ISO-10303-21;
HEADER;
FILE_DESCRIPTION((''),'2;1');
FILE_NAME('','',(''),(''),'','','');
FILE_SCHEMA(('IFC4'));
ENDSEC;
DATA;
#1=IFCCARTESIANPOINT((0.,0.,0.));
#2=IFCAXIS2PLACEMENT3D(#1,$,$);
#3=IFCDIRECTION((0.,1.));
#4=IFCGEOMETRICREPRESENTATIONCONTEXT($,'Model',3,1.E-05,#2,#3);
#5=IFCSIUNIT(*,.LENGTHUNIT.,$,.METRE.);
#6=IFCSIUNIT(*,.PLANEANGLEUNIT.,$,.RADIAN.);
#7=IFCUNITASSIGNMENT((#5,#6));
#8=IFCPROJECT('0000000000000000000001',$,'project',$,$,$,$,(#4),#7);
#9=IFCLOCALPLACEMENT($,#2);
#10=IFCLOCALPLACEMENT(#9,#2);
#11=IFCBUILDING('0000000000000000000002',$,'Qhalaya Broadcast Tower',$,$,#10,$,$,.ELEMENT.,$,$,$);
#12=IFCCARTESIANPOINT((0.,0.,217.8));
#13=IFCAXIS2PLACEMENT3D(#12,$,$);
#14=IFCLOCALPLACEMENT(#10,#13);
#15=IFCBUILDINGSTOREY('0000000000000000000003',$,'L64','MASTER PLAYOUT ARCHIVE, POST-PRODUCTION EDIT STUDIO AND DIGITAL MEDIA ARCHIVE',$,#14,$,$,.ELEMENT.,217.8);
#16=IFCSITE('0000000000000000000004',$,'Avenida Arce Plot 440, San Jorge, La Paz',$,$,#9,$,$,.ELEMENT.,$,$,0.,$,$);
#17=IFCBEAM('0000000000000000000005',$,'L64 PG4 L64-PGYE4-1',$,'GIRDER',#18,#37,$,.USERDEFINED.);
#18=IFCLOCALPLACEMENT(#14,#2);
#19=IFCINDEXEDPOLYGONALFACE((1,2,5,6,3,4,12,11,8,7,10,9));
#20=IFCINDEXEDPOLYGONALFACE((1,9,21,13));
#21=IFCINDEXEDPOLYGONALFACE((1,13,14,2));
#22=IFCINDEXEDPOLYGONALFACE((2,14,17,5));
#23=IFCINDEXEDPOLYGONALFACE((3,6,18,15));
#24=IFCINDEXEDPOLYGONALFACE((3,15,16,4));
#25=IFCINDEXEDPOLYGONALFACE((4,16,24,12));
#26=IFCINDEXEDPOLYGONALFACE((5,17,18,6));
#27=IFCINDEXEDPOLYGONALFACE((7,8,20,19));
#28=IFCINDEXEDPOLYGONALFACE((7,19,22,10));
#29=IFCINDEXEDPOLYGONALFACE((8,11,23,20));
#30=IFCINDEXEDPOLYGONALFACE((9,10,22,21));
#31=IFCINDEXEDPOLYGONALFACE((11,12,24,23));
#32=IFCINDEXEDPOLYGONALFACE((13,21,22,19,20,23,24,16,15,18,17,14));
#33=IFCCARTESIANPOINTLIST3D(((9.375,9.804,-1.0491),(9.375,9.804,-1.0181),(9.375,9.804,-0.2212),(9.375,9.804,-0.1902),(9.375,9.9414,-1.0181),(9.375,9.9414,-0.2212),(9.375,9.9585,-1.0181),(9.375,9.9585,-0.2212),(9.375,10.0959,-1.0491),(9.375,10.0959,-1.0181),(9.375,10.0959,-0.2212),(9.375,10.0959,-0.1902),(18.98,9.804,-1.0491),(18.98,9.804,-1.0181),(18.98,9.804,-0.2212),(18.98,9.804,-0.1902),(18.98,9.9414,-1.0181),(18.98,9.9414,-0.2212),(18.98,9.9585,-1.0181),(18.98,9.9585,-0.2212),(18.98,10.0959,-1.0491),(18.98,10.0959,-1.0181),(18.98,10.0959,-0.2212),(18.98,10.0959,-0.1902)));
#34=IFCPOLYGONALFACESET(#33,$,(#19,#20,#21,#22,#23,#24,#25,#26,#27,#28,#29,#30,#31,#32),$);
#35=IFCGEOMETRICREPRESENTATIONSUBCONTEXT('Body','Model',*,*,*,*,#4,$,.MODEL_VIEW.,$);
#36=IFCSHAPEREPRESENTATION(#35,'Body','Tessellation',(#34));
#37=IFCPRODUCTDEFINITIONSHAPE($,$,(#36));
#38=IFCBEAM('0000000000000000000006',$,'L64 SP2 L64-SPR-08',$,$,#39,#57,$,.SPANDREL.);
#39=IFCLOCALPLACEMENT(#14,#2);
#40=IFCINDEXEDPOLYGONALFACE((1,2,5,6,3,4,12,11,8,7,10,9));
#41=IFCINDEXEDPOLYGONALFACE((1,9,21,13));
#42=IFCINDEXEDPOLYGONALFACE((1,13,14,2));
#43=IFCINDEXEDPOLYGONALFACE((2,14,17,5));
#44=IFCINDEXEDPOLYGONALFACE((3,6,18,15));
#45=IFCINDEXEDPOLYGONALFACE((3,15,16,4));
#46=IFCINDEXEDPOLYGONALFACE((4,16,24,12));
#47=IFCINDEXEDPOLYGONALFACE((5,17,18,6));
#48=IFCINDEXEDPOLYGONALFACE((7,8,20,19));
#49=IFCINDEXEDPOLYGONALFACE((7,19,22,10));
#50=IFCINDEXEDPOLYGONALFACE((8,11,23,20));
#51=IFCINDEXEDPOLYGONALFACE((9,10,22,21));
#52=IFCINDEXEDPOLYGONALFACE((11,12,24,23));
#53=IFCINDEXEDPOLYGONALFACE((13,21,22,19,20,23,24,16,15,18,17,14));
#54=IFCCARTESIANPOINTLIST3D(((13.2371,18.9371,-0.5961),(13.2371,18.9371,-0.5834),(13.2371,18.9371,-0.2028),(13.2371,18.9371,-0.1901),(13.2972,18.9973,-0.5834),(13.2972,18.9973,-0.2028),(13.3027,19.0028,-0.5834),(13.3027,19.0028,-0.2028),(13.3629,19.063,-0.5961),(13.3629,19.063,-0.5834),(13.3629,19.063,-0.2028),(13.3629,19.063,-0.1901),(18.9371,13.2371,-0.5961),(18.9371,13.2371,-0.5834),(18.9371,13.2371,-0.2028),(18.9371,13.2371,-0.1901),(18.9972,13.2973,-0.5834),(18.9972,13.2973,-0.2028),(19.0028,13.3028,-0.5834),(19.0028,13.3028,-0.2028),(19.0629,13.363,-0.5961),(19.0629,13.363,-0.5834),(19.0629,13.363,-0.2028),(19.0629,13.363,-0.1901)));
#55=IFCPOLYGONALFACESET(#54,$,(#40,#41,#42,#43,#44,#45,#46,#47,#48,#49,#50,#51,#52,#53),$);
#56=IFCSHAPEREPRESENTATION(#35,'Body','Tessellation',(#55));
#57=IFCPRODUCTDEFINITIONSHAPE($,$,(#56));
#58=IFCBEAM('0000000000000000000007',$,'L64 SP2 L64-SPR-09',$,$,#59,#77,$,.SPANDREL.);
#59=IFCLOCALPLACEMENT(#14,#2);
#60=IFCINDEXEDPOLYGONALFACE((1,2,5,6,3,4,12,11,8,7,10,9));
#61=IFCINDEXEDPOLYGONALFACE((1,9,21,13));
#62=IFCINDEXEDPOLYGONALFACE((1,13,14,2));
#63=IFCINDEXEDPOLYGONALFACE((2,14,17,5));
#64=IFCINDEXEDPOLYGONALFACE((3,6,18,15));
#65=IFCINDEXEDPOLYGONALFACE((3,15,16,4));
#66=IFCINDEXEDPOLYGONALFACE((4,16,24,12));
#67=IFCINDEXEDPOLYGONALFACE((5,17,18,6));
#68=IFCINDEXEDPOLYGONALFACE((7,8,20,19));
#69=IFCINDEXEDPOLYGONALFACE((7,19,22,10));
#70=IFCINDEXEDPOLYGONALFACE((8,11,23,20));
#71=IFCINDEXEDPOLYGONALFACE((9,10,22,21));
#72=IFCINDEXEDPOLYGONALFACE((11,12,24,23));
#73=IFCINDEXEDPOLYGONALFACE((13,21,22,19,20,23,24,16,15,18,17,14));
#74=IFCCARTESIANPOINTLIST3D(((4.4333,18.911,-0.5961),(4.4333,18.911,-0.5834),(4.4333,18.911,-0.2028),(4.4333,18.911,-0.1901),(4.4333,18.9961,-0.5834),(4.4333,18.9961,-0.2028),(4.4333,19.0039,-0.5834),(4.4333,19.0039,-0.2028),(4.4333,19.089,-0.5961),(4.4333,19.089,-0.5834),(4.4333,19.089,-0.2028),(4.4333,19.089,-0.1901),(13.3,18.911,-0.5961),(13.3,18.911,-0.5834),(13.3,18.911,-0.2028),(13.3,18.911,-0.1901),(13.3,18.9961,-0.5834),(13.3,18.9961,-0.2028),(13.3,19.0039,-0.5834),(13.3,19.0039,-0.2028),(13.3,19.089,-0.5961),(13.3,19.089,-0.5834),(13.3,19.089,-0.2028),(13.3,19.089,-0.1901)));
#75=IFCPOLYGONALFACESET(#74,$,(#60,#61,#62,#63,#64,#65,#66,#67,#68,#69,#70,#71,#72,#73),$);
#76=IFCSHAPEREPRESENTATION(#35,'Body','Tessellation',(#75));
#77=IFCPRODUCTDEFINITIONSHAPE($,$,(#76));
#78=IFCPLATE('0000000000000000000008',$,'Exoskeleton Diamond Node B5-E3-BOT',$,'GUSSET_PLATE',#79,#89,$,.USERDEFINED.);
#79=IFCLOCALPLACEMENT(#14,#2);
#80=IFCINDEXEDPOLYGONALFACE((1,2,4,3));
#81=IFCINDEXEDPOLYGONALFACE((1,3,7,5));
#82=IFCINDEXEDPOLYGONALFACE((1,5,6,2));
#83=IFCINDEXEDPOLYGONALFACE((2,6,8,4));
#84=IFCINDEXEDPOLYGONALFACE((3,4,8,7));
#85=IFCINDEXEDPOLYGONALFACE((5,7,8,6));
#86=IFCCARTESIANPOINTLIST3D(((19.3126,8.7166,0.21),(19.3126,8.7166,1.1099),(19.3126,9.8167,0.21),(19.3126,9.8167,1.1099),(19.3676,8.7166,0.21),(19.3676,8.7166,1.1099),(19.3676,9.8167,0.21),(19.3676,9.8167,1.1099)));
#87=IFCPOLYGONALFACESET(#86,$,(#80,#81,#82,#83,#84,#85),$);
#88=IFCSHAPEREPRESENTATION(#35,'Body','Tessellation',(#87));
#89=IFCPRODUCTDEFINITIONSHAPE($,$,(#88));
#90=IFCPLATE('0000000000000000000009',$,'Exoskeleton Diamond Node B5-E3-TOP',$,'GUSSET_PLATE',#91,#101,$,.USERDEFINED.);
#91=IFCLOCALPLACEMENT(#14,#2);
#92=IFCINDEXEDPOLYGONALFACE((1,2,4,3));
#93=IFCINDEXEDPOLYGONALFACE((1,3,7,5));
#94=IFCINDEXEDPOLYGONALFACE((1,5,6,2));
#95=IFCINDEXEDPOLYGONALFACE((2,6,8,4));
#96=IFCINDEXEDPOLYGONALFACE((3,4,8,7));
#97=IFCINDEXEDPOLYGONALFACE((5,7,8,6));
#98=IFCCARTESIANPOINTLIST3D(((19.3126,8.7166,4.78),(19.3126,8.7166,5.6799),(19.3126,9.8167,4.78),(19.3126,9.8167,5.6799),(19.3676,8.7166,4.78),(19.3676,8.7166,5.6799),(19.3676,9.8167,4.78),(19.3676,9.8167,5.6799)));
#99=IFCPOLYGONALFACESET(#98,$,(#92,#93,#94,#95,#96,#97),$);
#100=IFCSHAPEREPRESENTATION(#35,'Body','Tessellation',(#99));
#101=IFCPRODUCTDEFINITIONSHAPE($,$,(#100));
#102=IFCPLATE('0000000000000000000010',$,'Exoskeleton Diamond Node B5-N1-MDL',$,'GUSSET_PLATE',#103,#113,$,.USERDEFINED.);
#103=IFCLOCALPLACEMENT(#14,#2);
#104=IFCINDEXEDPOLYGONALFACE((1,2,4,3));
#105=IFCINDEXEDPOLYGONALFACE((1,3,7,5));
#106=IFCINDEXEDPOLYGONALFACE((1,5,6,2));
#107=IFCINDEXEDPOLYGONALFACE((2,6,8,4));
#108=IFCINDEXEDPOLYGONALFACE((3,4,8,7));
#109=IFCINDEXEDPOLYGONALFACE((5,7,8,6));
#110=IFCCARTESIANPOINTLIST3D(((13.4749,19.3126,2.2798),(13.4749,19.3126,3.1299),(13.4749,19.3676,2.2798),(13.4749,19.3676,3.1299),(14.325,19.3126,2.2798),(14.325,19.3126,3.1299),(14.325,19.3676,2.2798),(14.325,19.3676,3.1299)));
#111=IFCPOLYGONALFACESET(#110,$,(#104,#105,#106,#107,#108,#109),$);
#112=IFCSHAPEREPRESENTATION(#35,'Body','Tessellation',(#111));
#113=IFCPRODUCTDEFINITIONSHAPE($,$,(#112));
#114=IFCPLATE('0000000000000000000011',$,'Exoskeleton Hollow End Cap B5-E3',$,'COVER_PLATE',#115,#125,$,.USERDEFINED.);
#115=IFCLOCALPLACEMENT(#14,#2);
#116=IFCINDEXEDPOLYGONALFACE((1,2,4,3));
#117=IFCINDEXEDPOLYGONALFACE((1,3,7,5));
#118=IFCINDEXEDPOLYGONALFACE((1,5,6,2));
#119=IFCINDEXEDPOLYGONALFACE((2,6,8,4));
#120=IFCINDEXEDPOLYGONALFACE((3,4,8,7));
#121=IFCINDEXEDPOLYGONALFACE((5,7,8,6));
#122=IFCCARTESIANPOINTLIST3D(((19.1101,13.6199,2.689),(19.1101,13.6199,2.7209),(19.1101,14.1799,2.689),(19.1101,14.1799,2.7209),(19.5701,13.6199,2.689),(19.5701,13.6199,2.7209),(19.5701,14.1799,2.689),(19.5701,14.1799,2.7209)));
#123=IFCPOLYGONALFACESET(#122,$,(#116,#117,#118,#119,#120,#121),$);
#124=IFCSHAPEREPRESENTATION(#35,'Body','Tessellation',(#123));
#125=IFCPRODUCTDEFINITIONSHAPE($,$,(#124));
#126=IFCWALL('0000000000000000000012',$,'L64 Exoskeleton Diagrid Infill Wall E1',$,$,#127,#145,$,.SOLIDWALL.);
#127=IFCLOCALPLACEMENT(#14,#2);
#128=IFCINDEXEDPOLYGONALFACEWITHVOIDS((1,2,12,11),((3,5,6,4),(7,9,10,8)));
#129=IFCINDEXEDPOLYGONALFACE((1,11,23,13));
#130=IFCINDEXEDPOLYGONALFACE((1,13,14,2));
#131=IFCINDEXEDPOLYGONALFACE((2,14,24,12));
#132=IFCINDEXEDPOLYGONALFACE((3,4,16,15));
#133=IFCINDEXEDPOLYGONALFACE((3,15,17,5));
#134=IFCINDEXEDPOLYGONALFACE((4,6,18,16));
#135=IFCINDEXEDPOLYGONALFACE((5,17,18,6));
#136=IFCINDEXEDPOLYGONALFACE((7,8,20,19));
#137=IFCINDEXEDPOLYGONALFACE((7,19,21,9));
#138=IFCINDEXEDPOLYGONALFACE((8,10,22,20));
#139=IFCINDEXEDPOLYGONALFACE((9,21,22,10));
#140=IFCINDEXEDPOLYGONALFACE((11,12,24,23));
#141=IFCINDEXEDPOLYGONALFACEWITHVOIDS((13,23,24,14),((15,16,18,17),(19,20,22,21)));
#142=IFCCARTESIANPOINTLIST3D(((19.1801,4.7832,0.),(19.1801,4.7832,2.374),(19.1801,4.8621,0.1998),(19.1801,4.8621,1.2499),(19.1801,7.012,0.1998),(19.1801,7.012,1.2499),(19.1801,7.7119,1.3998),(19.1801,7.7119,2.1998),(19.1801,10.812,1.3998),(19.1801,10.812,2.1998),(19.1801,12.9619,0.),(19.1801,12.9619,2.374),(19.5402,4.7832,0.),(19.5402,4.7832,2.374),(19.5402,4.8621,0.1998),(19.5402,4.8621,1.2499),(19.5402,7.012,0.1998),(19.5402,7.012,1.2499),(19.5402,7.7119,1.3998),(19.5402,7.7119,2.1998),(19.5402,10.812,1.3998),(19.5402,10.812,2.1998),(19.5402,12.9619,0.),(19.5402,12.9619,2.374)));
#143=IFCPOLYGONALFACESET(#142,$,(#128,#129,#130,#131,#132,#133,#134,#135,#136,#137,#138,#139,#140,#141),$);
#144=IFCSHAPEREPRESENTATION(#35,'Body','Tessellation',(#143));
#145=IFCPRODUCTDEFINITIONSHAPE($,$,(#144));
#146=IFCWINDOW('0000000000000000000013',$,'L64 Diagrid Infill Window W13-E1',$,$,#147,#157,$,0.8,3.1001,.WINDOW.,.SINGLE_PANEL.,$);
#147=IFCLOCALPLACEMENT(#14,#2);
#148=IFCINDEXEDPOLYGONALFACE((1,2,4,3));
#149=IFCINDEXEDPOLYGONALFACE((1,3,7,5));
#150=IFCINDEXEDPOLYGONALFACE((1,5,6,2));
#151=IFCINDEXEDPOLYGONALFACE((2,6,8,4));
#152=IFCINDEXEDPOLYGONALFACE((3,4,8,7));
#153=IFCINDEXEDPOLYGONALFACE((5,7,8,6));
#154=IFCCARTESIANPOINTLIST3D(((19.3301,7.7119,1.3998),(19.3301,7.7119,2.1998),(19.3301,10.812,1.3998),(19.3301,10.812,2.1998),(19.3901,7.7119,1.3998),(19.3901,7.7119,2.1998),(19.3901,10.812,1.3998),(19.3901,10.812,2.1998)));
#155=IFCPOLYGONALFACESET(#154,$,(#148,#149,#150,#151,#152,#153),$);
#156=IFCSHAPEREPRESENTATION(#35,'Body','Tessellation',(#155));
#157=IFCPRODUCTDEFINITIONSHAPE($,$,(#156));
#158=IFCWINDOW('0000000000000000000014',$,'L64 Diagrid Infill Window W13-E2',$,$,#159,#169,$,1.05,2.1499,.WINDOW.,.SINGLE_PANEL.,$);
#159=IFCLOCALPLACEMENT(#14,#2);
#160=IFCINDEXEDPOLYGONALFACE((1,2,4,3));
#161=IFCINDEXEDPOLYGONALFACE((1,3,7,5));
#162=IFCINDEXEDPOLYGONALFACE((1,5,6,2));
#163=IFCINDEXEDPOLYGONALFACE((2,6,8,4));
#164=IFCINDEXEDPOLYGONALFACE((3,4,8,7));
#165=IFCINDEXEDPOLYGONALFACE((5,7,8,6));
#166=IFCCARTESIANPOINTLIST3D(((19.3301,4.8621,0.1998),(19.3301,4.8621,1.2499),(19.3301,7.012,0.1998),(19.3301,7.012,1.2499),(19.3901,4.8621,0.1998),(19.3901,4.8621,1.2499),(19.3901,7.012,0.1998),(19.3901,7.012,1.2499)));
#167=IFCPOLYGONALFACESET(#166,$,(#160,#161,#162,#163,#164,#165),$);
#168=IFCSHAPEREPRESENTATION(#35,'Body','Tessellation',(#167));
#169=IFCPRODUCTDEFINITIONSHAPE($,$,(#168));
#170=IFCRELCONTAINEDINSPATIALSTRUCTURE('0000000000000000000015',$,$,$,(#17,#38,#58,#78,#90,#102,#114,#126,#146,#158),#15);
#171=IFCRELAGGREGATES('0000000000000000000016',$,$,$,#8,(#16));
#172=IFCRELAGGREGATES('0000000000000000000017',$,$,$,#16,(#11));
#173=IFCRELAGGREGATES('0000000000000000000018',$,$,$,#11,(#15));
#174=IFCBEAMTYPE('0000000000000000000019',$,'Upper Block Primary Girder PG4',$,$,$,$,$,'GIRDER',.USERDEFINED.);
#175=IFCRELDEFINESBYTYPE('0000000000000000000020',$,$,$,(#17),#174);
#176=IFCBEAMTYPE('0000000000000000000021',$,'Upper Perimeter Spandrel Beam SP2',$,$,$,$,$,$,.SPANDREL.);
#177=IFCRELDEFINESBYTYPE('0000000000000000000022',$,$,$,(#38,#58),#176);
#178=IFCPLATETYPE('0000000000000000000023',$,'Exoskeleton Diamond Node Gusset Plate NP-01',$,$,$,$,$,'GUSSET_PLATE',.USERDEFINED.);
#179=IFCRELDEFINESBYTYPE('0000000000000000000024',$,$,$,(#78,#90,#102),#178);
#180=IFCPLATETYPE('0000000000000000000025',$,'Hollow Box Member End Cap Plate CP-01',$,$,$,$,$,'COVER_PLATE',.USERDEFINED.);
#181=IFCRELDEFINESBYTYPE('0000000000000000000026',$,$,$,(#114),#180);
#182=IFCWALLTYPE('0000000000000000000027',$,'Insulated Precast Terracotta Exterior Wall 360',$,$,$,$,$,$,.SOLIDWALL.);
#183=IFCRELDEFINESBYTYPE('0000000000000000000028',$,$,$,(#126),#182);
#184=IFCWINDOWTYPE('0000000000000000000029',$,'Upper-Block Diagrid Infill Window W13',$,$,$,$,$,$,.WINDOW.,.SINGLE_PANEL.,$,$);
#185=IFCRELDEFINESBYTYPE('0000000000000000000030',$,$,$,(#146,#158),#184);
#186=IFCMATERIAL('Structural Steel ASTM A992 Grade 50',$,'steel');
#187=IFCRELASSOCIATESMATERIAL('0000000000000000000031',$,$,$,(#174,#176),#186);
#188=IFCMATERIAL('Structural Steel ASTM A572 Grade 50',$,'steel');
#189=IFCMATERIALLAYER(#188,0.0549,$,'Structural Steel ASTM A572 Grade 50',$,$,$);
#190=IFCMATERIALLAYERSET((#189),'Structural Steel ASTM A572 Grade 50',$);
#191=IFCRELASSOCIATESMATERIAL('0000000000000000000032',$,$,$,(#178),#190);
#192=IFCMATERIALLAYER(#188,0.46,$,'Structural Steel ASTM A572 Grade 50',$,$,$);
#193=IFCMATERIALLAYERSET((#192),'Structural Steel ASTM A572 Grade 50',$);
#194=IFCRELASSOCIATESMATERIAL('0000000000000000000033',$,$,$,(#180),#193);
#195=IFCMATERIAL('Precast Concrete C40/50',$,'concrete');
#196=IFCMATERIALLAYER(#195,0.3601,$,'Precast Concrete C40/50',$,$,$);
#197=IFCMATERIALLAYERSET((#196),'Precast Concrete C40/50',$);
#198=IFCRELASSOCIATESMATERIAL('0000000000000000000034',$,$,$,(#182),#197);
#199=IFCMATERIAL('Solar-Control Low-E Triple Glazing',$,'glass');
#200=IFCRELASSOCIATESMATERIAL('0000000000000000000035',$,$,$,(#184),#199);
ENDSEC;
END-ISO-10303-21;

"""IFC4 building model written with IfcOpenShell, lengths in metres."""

from ifc_helpers import new_model, si_unit, direction, frame, frame_2d, origin, origin_2d, place, context, subcontext, project, spatial, rectangle, i_section, extrude, material, layer, layer_set, material_profile, profile_set, type_object, element, fill, save


model = new_model("IFC4")

# Units and contexts
model_context = context("Model", 3, precision=1e-05, world=origin(), true_north=direction((0.0, 1.0)))
body_context = subcontext(model_context, "Body", "Model", "MODEL_VIEW")
ifc_project = project(units=[si_unit("LENGTHUNIT", "METRE"), si_unit("PLANEANGLEUNIT", "RADIAN")], contexts=[model_context])

# Site, building, storey
site_placement = place(None, origin())
site = spatial("IfcSite", under=ifc_project, at=site_placement, Name="Avenida Arce Plot 440, San Jorge, La Paz", CompositionType="ELEMENT", RefElevation=0.0)
building_placement = place(site_placement, origin())
building = spatial("IfcBuilding", under=site, at=building_placement, Name="Qhalaya Broadcast Tower", CompositionType="ELEMENT")
storey_placement = place(building_placement, frame((0.0, 0.0, 217.8)))
storey = spatial("IfcBuildingStorey", under=building, at=storey_placement, Name="L64", Description="MASTER PLAYOUT ARCHIVE, POST-PRODUCTION EDIT STUDIO AND DIGITAL MEDIA ARCHIVE", CompositionType="ELEMENT", Elevation=217.8)

# Shared definitions
ifc_material_1 = material(Name="Structural Steel ASTM A572 Grade 50", Category="steel")

# Shared definitions
ifc_material_2 = material(Name="Structural Steel ASTM A992 Grade 50", Category="steel")

# Beams
ifc_material_profile_1 = material_profile(ifc_material_2, i_section(OverallWidth=0.292, OverallDepth=0.8589, WebThickness=0.0171, FlangeThickness=0.031, at=origin_2d()), Name="W33X169")
ifc_profile_set_1 = profile_set([ifc_material_profile_1], Name="Structural Steel ASTM A992 Grade 50")
beam_type_1 = type_object("IfcBeamType", Name="Upper Block Primary Girder PG4", ElementType="GIRDER", PredefinedType="USERDEFINED", material=ifc_profile_set_1)
beam_1_placement = place(storey_placement, frame((9.375, 9.95, -0.6196), z_axis=(1.0, 0.0, 0.0), x_axis=(0.0, 1.0, 0.0)))
element("IfcBeam", 1, at=beam_1_placement, inside=storey, type_object=beam_type_1, Name="L64 PG4 L64-PGYE4-1", ObjectType="GIRDER", PredefinedType="USERDEFINED", context=body_context, shape_type="SweptSolid", body=[
    extrude(i_section(OverallWidth=0.292, OverallDepth=0.8589, WebThickness=0.0171, FlangeThickness=0.031, at=origin_2d()), origin(), (0.0, 0.0, 1.0), 9.605),
])
ifc_material_profile_2 = material_profile(ifc_material_2, i_section(OverallWidth=0.178, OverallDepth=0.406, WebThickness=0.0078, FlangeThickness=0.0127, at=origin_2d()), Name="W16X40")
ifc_profile_set_2 = profile_set([ifc_material_profile_2], Name="Structural Steel ASTM A992 Grade 50")
beam_type_2 = type_object("IfcBeamType", Name="Upper Perimeter Spandrel Beam SP2", PredefinedType="SPANDREL", material=ifc_profile_set_2)
beam_2_placement = place(storey_placement, frame((19.0, 13.3, -0.3931), z_axis=(-0.707107, 0.707107, 0.0), x_axis=(-0.707107, -0.707107, 0.0)))
element("IfcBeam", 2, at=beam_2_placement, inside=storey, type_object=beam_type_2, Name="L64 SP2 L64-SPR-08", PredefinedType="SPANDREL", context=body_context, shape_type="SweptSolid", body=[
    extrude(i_section(OverallWidth=0.178, OverallDepth=0.406, WebThickness=0.0078, FlangeThickness=0.0127, at=origin_2d()), origin(), (0.0, 0.0, 1.0), 8.061),
])
beam_3_placement = place(storey_placement, frame((13.3, 19.0, -0.3931), z_axis=(-1.0, 0.0, 0.0), x_axis=(0.0, -1.0, 0.0)))
element("IfcBeam", 3, at=beam_3_placement, inside=storey, type_object=beam_type_2, Name="L64 SP2 L64-SPR-09", PredefinedType="SPANDREL", context=body_context, shape_type="SweptSolid", body=[
    extrude(i_section(OverallWidth=0.178, OverallDepth=0.406, WebThickness=0.0078, FlangeThickness=0.0127, at=origin_2d()), origin(), (0.0, 0.0, 1.0), 8.8667),
])

# Plates
ifc_layer_1 = layer(ifc_material_1, 0.0549, Name="Structural Steel ASTM A572 Grade 50")
ifc_layer_set_1 = layer_set([ifc_layer_1], Name="Structural Steel ASTM A572 Grade 50")
plate_type_1 = type_object("IfcPlateType", Name="Exoskeleton Diamond Node Gusset Plate NP-01", ElementType="GUSSET_PLATE", PredefinedType="USERDEFINED", material=ifc_layer_set_1)
for number, where, z_axis, x_axis, name in (
    (4, (19.3401, 9.2666, 0.21), (0.0, 0.0, 1.0), (0.0, 1.0, 0.0), "Exoskeleton Diamond Node B5-E3-BOT"),
    (5, (19.3401, 9.2666, 4.78), (0.0, 0.0, 1.0), (0.0, 1.0, 0.0), "Exoskeleton Diamond Node B5-E3-TOP"),
):
    element("IfcPlate", number, at=place(storey_placement, frame(where, z_axis=z_axis, x_axis=x_axis)), inside=storey, type_object=plate_type_1, Name=name, ObjectType="GUSSET_PLATE", PredefinedType="USERDEFINED", context=body_context, shape_type="SweptSolid", body=[
        extrude(rectangle(XDim=1.1001, YDim=0.0549, at=origin_2d()), origin(), (0.0, 0.0, 1.0), 0.8999),
    ])
plate_1_placement = place(storey_placement, frame((13.8999, 19.3401, 2.2798), z_axis=(0.0, 0.0, 1.0), x_axis=(1.0, 0.0, 0.0)))
element("IfcPlate", 6, at=plate_1_placement, inside=storey, type_object=plate_type_1, Name="Exoskeleton Diamond Node B5-N1-MDL", ObjectType="GUSSET_PLATE", PredefinedType="USERDEFINED", context=body_context, shape_type="SweptSolid", body=[
    extrude(rectangle(XDim=0.8501, YDim=0.0549, at=origin_2d()), origin(), (0.0, 0.0, 1.0), 0.8501),
])
ifc_layer_2 = layer(ifc_material_1, 0.46, Name="Structural Steel ASTM A572 Grade 50")
ifc_layer_set_2 = layer_set([ifc_layer_2], Name="Structural Steel ASTM A572 Grade 50")
plate_type_2 = type_object("IfcPlateType", Name="Hollow Box Member End Cap Plate CP-01", ElementType="COVER_PLATE", PredefinedType="USERDEFINED", material=ifc_layer_set_2)
plate_2_placement = place(storey_placement, frame((19.3401, 13.8999, 2.689), z_axis=(0.0, 0.0, 1.0), x_axis=(0.0, 1.0, 0.0)))
element("IfcPlate", 7, at=plate_2_placement, inside=storey, type_object=plate_type_2, Name="Exoskeleton Hollow End Cap B5-E3", ObjectType="COVER_PLATE", PredefinedType="USERDEFINED", context=body_context, shape_type="SweptSolid", body=[
    extrude(rectangle(XDim=0.5601, YDim=0.46, at=origin_2d()), origin(), (0.0, 0.0, 1.0), 0.032),
])

# Wall, openings, windows
ifc_material_3 = material(Name="Precast Concrete C40/50", Category="concrete")
ifc_layer_3 = layer(ifc_material_3, 0.3601, Name="Precast Concrete C40/50")
ifc_layer_set_3 = layer_set([ifc_layer_3], Name="Precast Concrete C40/50")
wall_type_1 = type_object("IfcWallType", Name="Insulated Precast Terracotta Exterior Wall 360", PredefinedType="SOLIDWALL", material=ifc_layer_set_3)
wall_1_placement = place(storey_placement, frame((19.3601, 12.9619, 0.0), z_axis=(0.0, 0.0, 1.0), x_axis=(0.0, -1.0, 0.0)))
wall_1 = element("IfcWall", 8, at=wall_1_placement, inside=storey, type_object=wall_type_1, Name="L64 Exoskeleton Diagrid Infill Wall E1", PredefinedType="SOLIDWALL", context=body_context, shape_type="SweptSolid", body=[
    extrude(rectangle(XDim=8.1787, YDim=0.3601, at=frame_2d((4.0894, 0.0))), origin(), (0.0, 0.0, 1.0), 2.374),
])
opening_1_placement = place(wall_1_placement, frame((2.1499, 0.0, 1.3999)))
opening_1 = element("IfcOpeningElement", 9, at=opening_1_placement, cuts=wall_1, PredefinedType="OPENING", context=body_context, shape_type="SweptSolid", body=[
    extrude(rectangle(XDim=3.1001, YDim=0.8, at=frame_2d((1.55, 0.3999))), frame((0.0, 0.1921, 0.0), z_axis=(0.0, -1.0, 0.0), x_axis=(1.0, 0.0, 0.0)), (0.0, 0.0, 1.0), 0.384),
])
opening_2_placement = place(wall_1_placement, frame((5.95, 0.0, 0.2)))
opening_2 = element("IfcOpeningElement", 10, at=opening_2_placement, cuts=wall_1, PredefinedType="OPENING", context=body_context, shape_type="SweptSolid", body=[
    extrude(rectangle(XDim=2.1499, YDim=1.05, at=frame_2d((1.075, 0.5249))), frame((0.0, 0.1921, 0.0), z_axis=(0.0, -1.0, 0.0), x_axis=(1.0, 0.0, 0.0)), (0.0, 0.0, 1.0), 0.384),
])
ifc_material_4 = material(Name="Solar-Control Low-E Triple Glazing", Category="glass")
window_type = type_object("IfcWindowType", Name="Upper-Block Diagrid Infill Window W13", PartitioningType="SINGLE_PANEL", PredefinedType="WINDOW", material=ifc_material_4)
window_1_placement = place(opening_1_placement, origin())
window_1 = element("IfcWindow", 11, at=window_1_placement, inside=storey, type_object=window_type, Name="L64 Diagrid Infill Window W13-E1", OverallHeight=0.8, OverallWidth=3.1001, PartitioningType="SINGLE_PANEL", PredefinedType="WINDOW", context=body_context, shape_type="SweptSolid", body=[
    extrude(rectangle(XDim=3.1001, YDim=0.8, at=frame_2d((1.55, 0.3999))), frame((0.0, 0.03, 0.0), z_axis=(0.0, -1.0, 0.0), x_axis=(1.0, 0.0, 0.0)), (0.0, 0.0, 1.0), 0.0601),
])
fill(opening_1, window_1)
window_2_placement = place(opening_2_placement, origin())
window_2 = element("IfcWindow", 12, at=window_2_placement, inside=storey, type_object=window_type, Name="L64 Diagrid Infill Window W13-E2", OverallHeight=1.05, OverallWidth=2.1499, PartitioningType="SINGLE_PANEL", PredefinedType="WINDOW", context=body_context, shape_type="SweptSolid", body=[
    extrude(rectangle(XDim=2.1499, YDim=1.05, at=frame_2d((1.075, 0.5249))), frame((0.0, 0.03, 0.0), z_axis=(0.0, -1.0, 0.0), x_axis=(1.0, 0.0, 0.0)), (0.0, 0.0, 1.0), 0.0601),
])
fill(opening_2, window_2)

save(model, "model.ifc")
